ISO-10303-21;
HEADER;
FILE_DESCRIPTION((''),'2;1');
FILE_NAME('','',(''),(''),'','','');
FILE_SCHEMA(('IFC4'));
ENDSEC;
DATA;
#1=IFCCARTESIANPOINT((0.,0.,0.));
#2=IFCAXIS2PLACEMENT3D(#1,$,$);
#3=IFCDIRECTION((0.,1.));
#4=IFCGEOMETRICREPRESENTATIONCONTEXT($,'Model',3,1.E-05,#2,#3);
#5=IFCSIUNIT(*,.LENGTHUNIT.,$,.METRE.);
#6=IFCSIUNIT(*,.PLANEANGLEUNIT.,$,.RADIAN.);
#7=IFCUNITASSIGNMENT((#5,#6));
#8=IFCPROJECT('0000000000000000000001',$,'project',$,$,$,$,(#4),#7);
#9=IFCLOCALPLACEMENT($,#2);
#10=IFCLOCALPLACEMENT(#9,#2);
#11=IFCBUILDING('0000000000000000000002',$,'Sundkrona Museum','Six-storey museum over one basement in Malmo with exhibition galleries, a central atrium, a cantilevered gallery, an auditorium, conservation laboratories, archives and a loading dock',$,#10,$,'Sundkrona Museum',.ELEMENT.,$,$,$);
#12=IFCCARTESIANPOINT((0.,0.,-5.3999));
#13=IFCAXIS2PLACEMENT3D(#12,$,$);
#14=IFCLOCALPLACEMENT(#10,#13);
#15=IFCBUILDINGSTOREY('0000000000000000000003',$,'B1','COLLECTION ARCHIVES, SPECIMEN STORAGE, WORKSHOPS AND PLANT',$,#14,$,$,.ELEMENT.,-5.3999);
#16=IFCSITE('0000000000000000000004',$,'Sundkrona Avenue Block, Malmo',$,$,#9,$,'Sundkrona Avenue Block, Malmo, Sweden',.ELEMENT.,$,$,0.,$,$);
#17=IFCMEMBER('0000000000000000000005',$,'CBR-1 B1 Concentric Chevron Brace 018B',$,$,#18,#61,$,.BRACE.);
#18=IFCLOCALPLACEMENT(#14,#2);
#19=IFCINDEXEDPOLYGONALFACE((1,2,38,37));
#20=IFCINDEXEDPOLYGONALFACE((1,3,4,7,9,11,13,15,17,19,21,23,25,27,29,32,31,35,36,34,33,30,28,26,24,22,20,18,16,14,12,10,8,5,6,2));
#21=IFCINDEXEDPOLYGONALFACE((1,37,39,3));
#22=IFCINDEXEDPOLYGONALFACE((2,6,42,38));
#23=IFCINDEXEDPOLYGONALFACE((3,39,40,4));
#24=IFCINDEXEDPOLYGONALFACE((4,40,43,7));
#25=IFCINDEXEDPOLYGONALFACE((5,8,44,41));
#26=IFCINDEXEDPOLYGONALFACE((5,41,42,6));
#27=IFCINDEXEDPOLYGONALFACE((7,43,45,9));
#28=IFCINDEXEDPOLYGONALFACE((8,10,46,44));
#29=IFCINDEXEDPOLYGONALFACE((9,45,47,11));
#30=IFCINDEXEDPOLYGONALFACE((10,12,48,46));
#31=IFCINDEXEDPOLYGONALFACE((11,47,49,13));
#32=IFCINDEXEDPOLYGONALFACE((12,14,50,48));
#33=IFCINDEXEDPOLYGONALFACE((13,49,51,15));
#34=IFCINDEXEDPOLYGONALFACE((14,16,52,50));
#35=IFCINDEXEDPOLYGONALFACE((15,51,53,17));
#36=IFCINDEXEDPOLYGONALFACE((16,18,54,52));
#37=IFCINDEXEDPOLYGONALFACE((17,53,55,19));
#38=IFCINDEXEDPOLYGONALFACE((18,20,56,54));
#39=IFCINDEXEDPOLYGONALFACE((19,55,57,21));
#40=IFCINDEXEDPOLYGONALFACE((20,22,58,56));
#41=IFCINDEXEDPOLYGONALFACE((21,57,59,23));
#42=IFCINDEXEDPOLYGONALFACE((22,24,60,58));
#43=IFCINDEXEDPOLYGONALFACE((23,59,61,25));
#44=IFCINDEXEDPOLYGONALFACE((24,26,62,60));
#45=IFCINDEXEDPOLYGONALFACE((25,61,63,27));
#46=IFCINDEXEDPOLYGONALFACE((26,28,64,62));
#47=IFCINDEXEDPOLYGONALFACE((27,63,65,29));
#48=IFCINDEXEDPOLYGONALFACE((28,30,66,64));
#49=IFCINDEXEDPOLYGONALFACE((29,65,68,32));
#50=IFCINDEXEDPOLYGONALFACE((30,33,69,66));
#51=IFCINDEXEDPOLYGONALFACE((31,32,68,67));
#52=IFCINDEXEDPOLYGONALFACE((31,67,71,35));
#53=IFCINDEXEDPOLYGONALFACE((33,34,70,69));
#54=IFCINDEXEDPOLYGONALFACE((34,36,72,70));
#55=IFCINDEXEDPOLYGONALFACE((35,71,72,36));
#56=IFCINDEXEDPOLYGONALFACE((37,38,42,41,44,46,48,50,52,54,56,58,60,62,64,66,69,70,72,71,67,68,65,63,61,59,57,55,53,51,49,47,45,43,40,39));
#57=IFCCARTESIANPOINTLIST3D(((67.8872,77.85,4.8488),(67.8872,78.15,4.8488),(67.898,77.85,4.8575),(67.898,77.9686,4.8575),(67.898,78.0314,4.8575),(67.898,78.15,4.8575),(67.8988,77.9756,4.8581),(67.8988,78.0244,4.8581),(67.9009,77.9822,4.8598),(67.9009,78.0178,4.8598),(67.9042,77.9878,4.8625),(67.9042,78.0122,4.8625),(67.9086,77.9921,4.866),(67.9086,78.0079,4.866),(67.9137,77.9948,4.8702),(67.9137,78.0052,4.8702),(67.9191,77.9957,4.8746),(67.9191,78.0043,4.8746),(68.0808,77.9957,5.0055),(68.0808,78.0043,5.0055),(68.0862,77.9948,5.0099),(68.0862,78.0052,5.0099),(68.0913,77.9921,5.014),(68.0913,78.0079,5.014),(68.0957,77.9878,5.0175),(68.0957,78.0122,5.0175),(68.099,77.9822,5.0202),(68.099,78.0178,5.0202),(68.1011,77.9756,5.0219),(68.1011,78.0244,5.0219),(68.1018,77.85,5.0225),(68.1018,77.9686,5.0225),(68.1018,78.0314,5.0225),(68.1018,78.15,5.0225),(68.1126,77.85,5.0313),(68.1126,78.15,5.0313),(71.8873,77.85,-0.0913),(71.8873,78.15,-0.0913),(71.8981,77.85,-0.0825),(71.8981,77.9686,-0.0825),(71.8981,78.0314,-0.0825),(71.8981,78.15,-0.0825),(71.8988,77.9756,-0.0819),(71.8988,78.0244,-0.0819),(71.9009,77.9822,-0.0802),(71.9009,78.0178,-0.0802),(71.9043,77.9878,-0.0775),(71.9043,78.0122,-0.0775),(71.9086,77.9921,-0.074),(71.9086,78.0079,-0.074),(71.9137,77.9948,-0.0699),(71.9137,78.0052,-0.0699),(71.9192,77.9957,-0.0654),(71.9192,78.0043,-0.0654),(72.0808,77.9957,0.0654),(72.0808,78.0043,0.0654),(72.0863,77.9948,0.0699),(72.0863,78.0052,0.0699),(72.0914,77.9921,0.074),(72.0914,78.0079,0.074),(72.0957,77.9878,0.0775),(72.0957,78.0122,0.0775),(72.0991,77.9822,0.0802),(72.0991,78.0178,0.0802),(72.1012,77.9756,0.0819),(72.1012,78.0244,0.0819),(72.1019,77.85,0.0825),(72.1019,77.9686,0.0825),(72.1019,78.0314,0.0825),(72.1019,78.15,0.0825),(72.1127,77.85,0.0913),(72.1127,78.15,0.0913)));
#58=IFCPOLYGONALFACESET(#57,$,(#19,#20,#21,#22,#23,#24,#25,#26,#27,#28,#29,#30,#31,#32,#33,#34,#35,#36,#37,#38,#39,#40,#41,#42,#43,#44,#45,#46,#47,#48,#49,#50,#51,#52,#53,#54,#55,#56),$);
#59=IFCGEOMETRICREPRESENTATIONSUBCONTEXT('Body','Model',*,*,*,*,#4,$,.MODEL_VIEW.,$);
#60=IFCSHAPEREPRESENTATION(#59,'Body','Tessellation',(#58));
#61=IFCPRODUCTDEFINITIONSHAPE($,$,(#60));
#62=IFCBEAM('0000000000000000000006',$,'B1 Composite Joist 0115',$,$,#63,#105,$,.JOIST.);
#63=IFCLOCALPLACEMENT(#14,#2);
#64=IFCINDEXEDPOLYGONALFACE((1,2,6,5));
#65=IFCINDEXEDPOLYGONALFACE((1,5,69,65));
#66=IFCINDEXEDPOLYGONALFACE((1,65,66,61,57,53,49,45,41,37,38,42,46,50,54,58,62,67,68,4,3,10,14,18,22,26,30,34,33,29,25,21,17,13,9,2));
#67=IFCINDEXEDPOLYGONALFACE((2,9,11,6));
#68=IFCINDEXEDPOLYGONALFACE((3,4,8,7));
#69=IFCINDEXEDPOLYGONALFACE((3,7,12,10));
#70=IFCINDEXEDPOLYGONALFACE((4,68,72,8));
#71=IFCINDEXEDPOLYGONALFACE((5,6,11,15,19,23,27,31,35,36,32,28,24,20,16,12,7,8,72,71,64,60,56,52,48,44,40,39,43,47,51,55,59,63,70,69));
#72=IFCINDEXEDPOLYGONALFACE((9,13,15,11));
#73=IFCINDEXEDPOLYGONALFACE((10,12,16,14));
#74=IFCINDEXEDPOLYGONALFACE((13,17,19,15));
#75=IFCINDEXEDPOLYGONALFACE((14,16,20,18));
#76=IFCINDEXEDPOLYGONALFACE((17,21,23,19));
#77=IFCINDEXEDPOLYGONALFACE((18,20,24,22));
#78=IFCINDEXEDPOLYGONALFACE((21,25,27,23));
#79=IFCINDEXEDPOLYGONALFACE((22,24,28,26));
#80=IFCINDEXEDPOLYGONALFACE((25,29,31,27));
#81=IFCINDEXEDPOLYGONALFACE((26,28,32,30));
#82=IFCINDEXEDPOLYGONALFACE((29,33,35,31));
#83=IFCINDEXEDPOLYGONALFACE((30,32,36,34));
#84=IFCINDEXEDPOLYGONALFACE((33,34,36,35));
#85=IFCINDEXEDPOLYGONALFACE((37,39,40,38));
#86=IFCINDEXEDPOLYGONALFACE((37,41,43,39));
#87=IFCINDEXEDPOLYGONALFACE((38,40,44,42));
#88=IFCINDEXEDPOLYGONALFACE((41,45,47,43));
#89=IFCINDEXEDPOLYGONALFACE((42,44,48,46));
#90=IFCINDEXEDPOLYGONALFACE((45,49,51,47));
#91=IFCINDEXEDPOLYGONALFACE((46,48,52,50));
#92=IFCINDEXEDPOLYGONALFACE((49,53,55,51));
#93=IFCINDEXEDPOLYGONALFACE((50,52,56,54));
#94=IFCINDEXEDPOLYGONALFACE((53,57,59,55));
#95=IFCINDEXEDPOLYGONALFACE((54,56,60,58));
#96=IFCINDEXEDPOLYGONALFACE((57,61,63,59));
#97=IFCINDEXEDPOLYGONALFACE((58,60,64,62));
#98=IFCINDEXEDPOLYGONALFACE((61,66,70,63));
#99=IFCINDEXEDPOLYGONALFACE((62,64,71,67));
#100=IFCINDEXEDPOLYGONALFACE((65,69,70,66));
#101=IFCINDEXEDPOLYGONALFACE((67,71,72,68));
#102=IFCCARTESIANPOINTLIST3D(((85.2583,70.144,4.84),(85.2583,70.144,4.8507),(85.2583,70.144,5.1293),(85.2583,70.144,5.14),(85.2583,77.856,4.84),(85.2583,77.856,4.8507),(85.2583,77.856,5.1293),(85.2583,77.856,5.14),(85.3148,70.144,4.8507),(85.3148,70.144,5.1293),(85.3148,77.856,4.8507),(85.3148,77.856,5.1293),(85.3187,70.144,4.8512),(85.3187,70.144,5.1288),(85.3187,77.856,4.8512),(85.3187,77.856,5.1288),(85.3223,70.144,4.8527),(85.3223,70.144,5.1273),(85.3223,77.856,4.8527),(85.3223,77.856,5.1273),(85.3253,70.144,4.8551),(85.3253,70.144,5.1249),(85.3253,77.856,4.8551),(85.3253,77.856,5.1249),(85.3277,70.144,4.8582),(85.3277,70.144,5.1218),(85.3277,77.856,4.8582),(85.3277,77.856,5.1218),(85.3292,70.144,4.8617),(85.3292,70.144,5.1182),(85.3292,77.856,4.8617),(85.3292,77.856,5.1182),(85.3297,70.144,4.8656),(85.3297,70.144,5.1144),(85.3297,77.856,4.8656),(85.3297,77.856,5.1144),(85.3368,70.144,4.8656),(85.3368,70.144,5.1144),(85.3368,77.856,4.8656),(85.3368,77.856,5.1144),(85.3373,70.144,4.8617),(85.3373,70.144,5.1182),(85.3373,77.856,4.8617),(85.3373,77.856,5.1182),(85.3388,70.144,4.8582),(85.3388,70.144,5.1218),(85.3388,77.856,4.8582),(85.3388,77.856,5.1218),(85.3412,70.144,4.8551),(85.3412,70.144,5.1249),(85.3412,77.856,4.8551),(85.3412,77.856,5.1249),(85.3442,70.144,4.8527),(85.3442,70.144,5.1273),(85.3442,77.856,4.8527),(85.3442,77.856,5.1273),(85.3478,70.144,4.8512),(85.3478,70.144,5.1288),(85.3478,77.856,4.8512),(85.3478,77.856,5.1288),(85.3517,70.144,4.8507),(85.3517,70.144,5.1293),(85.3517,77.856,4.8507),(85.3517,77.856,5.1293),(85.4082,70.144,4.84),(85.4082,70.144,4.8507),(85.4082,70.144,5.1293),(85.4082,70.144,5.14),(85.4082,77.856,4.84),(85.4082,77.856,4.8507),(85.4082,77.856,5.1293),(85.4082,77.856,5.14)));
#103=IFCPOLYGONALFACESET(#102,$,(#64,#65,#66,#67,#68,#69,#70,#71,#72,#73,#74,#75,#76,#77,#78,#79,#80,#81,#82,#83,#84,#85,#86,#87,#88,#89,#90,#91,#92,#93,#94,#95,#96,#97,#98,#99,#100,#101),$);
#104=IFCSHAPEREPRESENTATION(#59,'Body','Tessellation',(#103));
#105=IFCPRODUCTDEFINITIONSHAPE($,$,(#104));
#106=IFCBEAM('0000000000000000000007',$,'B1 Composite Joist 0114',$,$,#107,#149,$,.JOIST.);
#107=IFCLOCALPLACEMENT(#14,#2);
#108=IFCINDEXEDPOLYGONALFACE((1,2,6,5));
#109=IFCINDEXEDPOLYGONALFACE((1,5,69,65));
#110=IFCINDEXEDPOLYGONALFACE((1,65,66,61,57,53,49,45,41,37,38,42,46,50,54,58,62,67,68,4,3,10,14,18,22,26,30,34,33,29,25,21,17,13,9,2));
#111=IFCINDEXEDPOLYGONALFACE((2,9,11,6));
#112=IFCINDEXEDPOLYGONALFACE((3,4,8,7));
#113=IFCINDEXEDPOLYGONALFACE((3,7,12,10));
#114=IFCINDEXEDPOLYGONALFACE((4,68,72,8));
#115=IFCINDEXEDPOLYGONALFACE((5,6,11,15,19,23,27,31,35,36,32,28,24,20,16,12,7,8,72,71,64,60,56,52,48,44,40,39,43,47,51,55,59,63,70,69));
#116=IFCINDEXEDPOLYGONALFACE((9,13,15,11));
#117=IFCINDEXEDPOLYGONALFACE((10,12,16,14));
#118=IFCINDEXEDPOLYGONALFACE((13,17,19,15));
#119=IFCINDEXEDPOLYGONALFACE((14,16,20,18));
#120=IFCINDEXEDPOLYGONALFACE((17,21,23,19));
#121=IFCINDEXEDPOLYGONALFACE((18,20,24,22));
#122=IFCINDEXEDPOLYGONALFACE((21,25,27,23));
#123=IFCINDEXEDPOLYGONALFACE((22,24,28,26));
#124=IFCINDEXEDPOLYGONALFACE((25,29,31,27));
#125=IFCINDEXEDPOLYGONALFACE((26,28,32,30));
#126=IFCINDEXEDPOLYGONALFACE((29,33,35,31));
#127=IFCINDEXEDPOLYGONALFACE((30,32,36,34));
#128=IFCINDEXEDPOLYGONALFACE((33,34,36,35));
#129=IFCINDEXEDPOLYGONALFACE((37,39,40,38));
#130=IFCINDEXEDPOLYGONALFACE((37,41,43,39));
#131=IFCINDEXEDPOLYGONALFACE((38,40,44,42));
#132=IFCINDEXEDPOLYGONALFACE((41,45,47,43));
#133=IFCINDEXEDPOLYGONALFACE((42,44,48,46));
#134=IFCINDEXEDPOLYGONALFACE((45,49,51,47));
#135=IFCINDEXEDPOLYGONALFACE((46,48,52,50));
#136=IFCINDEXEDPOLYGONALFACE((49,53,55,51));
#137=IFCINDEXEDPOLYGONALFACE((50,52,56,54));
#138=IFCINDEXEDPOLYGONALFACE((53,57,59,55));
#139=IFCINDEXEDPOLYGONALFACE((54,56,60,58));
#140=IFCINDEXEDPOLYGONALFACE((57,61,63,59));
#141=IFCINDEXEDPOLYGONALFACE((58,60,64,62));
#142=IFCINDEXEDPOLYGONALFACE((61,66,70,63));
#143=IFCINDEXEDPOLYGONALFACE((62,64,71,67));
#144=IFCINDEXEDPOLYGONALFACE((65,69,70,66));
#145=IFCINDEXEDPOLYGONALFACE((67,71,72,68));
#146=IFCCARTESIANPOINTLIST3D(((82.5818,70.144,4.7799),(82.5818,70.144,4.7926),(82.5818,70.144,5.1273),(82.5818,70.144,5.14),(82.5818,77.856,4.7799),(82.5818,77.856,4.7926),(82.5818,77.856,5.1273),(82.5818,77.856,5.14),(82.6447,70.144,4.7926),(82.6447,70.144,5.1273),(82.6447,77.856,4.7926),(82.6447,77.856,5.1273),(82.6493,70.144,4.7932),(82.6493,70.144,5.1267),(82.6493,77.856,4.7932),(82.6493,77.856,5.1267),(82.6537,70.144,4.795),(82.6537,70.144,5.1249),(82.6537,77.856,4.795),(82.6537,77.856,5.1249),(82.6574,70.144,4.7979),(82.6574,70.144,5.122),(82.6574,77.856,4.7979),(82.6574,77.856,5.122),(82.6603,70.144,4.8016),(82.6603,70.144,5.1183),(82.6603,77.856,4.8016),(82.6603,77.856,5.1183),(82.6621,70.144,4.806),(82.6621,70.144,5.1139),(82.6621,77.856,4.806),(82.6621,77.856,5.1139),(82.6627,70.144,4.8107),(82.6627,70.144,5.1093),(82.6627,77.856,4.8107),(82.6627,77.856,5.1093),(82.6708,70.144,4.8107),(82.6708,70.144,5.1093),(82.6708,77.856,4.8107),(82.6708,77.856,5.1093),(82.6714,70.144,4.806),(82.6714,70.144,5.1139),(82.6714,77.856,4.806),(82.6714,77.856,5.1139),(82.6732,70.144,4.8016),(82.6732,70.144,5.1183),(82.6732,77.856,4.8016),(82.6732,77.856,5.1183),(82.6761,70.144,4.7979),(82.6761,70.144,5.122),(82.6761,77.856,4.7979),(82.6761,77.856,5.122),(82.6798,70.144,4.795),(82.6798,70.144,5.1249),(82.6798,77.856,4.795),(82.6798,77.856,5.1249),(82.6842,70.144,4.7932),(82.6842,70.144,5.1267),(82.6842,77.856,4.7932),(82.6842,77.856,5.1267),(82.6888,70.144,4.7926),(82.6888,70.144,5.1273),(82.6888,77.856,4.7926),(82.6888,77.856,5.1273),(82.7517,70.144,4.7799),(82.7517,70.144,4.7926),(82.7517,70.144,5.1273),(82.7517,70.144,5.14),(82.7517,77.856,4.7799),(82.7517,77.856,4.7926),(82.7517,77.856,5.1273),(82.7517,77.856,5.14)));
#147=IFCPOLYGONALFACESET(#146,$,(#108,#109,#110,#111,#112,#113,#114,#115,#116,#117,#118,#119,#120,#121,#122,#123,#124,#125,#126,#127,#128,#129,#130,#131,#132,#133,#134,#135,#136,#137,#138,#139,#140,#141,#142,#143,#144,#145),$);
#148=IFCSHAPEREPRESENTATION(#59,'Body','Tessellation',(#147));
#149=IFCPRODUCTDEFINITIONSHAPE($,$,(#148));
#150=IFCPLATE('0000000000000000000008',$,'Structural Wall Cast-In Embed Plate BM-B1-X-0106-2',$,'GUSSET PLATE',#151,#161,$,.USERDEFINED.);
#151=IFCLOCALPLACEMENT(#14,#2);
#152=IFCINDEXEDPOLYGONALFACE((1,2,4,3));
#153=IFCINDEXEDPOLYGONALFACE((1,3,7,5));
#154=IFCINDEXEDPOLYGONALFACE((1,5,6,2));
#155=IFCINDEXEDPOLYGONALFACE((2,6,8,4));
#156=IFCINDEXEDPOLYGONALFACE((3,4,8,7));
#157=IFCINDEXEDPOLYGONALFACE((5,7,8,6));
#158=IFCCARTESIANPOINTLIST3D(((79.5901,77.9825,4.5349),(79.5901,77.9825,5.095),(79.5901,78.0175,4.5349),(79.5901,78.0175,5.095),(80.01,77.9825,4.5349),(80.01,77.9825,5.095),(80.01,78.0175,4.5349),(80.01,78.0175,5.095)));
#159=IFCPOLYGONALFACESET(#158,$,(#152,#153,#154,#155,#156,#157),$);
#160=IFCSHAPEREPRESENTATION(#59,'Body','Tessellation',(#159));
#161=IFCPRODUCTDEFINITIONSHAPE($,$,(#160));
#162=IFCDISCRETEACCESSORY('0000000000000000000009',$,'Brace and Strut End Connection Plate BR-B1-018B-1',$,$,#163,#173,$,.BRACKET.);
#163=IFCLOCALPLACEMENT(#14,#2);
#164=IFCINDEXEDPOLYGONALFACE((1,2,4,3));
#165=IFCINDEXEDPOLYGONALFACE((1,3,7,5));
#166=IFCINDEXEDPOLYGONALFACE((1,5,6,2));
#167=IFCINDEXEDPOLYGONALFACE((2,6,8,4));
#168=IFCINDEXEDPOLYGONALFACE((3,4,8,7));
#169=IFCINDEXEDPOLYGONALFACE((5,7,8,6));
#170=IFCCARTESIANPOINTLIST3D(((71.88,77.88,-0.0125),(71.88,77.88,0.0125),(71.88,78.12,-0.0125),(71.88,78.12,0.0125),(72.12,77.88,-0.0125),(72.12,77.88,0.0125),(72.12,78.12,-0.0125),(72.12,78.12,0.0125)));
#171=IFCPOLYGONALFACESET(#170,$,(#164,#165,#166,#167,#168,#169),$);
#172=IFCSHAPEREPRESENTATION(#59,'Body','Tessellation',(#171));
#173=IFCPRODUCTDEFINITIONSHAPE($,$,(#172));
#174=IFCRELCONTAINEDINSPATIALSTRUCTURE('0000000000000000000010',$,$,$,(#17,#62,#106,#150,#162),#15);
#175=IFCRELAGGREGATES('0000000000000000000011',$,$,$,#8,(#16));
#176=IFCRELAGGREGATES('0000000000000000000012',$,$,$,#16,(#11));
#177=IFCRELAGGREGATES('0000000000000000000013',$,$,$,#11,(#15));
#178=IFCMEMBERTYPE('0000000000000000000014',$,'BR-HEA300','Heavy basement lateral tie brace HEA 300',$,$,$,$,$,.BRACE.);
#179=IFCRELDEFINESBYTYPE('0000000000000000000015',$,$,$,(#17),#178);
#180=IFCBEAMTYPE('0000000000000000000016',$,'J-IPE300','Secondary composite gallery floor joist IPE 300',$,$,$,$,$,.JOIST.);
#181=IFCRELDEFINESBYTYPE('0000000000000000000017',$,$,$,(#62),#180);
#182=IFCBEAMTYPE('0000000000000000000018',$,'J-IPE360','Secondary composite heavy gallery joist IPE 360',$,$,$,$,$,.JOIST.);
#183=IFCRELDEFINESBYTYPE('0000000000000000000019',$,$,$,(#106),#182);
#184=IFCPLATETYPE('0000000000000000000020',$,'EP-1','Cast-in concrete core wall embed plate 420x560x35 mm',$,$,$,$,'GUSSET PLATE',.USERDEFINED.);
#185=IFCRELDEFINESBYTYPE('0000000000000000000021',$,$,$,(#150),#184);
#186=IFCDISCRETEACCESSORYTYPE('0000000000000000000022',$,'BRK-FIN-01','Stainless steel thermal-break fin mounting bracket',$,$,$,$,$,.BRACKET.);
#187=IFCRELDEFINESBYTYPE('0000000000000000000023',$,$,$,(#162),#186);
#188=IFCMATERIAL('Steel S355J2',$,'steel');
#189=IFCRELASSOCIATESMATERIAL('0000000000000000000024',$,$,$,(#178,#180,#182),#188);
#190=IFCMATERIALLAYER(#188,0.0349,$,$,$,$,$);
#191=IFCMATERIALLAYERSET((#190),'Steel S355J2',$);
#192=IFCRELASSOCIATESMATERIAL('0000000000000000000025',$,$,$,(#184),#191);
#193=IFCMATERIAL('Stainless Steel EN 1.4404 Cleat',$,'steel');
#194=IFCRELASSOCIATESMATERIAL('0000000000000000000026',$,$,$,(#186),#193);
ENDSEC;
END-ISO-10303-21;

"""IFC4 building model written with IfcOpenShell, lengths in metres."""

from ifc_helpers import new_model, si_unit, direction, frame, origin, origin_2d, place, context, subcontext, project, spatial, rectangle, i_section, extrude, material, layer, layer_set, material_profile, profile_set, type_object, element, save


model = new_model("IFC4")

# Units and contexts
model_context = context("Model", 3, precision=1e-05, world=origin(), true_north=direction((0.0, 1.0)))
body_context = subcontext(model_context, "Body", "Model", "MODEL_VIEW")
ifc_project = project(units=[si_unit("LENGTHUNIT", "METRE"), si_unit("PLANEANGLEUNIT", "RADIAN")], contexts=[model_context])

# Site, building, storey
site_placement = place(None, origin())
site = spatial("IfcSite", under=ifc_project, at=site_placement, Name="Sundkrona Avenue Block, Malmo", LongName="Sundkrona Avenue Block, Malmo, Sweden", CompositionType="ELEMENT", RefElevation=0.0)
building_placement = place(site_placement, origin())
building = spatial("IfcBuilding", under=site, at=building_placement, Name="Sundkrona Museum", Description="Six-storey museum over one basement in Malmo with exhibition galleries, a central atrium, a cantilevered gallery, an auditorium, conservation laboratories, archives and a loading dock", LongName="Sundkrona Museum", CompositionType="ELEMENT")
storey_placement = place(building_placement, frame((0.0, 0.0, -5.3999)))
storey = spatial("IfcBuildingStorey", under=building, at=storey_placement, Name="B1", Description="COLLECTION ARCHIVES, SPECIMEN STORAGE, WORKSHOPS AND PLANT", CompositionType="ELEMENT", Elevation=-5.3999)

# Shared definitions
ifc_material_1 = material(Name="Steel S355J2", Category="steel")

# Member
ifc_material_profile_1 = material_profile(ifc_material_1, i_section(OverallWidth=0.3, OverallDepth=0.29, WebThickness=0.0085, FlangeThickness=0.0139, FilletRadius=0.0271, at=origin_2d()), Name="HEA 300")
ifc_profile_set_1 = profile_set([ifc_material_profile_1], Name="Steel S355J2")
member_type = type_object("IfcMemberType", Name="BR-HEA300", Description="Heavy basement lateral tie brace HEA 300", PredefinedType="BRACE", material=ifc_profile_set_1)
member_placement = place(storey_placement, frame((72.0, 78.0, 0.0), z_axis=(-0.629293, 0.0, 0.777168), x_axis=(0.0, -1.0, 0.0)))
element("IfcMember", 1, at=member_placement, inside=storey, type_object=member_type, Name="CBR-1 B1 Concentric Chevron Brace 018B", PredefinedType="BRACE", context=body_context, shape_type="SweptSolid", body=[
    extrude(i_section(OverallWidth=0.3, OverallDepth=0.29, WebThickness=0.0085, FlangeThickness=0.0139, FilletRadius=0.0271, at=origin_2d()), origin(), (0.0, 0.0, 1.0), 6.3564),
])

# Beams
ifc_material_profile_2 = material_profile(ifc_material_1, i_section(OverallWidth=0.1499, OverallDepth=0.3, WebThickness=0.0071, FlangeThickness=0.0107, FilletRadius=0.0149, at=origin_2d()), Name="IPE 300")
ifc_profile_set_2 = profile_set([ifc_material_profile_2], Name="Steel S355J2")
beam_type_1 = type_object("IfcBeamType", Name="J-IPE300", Description="Secondary composite gallery floor joist IPE 300", PredefinedType="JOIST", material=ifc_profile_set_2)
beam_1_placement = place(storey_placement, frame((85.3333, 70.144, 4.99), z_axis=(0.0, 1.0, 0.0), x_axis=(-1.0, 0.0, 0.0)))
element("IfcBeam", 2, at=beam_1_placement, inside=storey, type_object=beam_type_1, Name="B1 Composite Joist 0115", PredefinedType="JOIST", context=body_context, shape_type="SweptSolid", body=[
    extrude(i_section(OverallWidth=0.1499, OverallDepth=0.3, WebThickness=0.0071, FlangeThickness=0.0107, FilletRadius=0.0149, at=origin_2d()), origin(), (0.0, 0.0, 1.0), 7.7119),
])
ifc_material_profile_3 = material_profile(ifc_material_1, i_section(OverallWidth=0.1699, OverallDepth=0.3601, WebThickness=0.0081, FlangeThickness=0.0127, FilletRadius=0.0181, at=origin_2d()), Name="IPE 360")
ifc_profile_set_3 = profile_set([ifc_material_profile_3], Name="Steel S355J2")
beam_type_2 = type_object("IfcBeamType", Name="J-IPE360", Description="Secondary composite heavy gallery joist IPE 360", PredefinedType="JOIST", material=ifc_profile_set_3)
beam_2_placement = place(storey_placement, frame((82.6667, 70.144, 4.96), z_axis=(0.0, 1.0, 0.0), x_axis=(-1.0, 0.0, 0.0)))
element("IfcBeam", 3, at=beam_2_placement, inside=storey, type_object=beam_type_2, Name="B1 Composite Joist 0114", PredefinedType="JOIST", context=body_context, shape_type="SweptSolid", body=[
    extrude(i_section(OverallWidth=0.1699, OverallDepth=0.3601, WebThickness=0.0081, FlangeThickness=0.0127, FilletRadius=0.0181, at=origin_2d()), origin(), (0.0, 0.0, 1.0), 7.7119),
])

# Plate
ifc_layer = layer(ifc_material_1, 0.0349)
ifc_layer_set = layer_set([ifc_layer], Name="Steel S355J2")
plate_type = type_object("IfcPlateType", Name="EP-1", Description="Cast-in concrete core wall embed plate 420x560x35 mm", ElementType="GUSSET PLATE", PredefinedType="USERDEFINED", material=ifc_layer_set)
plate_placement = place(storey_placement, frame((79.8, 78.0, 4.5349), z_axis=(0.0, 0.0, 1.0), x_axis=(1.0, 0.0, 0.0)))
element("IfcPlate", 4, at=plate_placement, inside=storey, type_object=plate_type, Name="Structural Wall Cast-In Embed Plate BM-B1-X-0106-2", ObjectType="GUSSET PLATE", PredefinedType="USERDEFINED", context=body_context, shape_type="SweptSolid", body=[
    extrude(rectangle(XDim=0.4199, YDim=0.0349, at=origin_2d()), origin(), (0.0, 0.0, 1.0), 0.5601),
])

# Discrete accessory
ifc_material_2 = material(Name="Stainless Steel EN 1.4404 Cleat", Category="steel")
discrete_accessory_type = type_object("IfcDiscreteAccessoryType", Name="BRK-FIN-01", Description="Stainless steel thermal-break fin mounting bracket", PredefinedType="BRACKET", material=ifc_material_2)
discrete_accessory_placement = place(storey_placement, frame((72.0, 78.0, -0.0125), z_axis=(0.0, 0.0, 1.0), x_axis=(1.0, 0.0, 0.0)))
element("IfcDiscreteAccessory", 5, at=discrete_accessory_placement, inside=storey, type_object=discrete_accessory_type, Name="Brace and Strut End Connection Plate BR-B1-018B-1", PredefinedType="BRACKET", context=body_context, shape_type="SweptSolid", body=[
    extrude(rectangle(XDim=0.24, YDim=0.24, at=origin_2d()), origin(), (0.0, 0.0, 1.0), 0.0249),
])

save(model, "model.ifc")
